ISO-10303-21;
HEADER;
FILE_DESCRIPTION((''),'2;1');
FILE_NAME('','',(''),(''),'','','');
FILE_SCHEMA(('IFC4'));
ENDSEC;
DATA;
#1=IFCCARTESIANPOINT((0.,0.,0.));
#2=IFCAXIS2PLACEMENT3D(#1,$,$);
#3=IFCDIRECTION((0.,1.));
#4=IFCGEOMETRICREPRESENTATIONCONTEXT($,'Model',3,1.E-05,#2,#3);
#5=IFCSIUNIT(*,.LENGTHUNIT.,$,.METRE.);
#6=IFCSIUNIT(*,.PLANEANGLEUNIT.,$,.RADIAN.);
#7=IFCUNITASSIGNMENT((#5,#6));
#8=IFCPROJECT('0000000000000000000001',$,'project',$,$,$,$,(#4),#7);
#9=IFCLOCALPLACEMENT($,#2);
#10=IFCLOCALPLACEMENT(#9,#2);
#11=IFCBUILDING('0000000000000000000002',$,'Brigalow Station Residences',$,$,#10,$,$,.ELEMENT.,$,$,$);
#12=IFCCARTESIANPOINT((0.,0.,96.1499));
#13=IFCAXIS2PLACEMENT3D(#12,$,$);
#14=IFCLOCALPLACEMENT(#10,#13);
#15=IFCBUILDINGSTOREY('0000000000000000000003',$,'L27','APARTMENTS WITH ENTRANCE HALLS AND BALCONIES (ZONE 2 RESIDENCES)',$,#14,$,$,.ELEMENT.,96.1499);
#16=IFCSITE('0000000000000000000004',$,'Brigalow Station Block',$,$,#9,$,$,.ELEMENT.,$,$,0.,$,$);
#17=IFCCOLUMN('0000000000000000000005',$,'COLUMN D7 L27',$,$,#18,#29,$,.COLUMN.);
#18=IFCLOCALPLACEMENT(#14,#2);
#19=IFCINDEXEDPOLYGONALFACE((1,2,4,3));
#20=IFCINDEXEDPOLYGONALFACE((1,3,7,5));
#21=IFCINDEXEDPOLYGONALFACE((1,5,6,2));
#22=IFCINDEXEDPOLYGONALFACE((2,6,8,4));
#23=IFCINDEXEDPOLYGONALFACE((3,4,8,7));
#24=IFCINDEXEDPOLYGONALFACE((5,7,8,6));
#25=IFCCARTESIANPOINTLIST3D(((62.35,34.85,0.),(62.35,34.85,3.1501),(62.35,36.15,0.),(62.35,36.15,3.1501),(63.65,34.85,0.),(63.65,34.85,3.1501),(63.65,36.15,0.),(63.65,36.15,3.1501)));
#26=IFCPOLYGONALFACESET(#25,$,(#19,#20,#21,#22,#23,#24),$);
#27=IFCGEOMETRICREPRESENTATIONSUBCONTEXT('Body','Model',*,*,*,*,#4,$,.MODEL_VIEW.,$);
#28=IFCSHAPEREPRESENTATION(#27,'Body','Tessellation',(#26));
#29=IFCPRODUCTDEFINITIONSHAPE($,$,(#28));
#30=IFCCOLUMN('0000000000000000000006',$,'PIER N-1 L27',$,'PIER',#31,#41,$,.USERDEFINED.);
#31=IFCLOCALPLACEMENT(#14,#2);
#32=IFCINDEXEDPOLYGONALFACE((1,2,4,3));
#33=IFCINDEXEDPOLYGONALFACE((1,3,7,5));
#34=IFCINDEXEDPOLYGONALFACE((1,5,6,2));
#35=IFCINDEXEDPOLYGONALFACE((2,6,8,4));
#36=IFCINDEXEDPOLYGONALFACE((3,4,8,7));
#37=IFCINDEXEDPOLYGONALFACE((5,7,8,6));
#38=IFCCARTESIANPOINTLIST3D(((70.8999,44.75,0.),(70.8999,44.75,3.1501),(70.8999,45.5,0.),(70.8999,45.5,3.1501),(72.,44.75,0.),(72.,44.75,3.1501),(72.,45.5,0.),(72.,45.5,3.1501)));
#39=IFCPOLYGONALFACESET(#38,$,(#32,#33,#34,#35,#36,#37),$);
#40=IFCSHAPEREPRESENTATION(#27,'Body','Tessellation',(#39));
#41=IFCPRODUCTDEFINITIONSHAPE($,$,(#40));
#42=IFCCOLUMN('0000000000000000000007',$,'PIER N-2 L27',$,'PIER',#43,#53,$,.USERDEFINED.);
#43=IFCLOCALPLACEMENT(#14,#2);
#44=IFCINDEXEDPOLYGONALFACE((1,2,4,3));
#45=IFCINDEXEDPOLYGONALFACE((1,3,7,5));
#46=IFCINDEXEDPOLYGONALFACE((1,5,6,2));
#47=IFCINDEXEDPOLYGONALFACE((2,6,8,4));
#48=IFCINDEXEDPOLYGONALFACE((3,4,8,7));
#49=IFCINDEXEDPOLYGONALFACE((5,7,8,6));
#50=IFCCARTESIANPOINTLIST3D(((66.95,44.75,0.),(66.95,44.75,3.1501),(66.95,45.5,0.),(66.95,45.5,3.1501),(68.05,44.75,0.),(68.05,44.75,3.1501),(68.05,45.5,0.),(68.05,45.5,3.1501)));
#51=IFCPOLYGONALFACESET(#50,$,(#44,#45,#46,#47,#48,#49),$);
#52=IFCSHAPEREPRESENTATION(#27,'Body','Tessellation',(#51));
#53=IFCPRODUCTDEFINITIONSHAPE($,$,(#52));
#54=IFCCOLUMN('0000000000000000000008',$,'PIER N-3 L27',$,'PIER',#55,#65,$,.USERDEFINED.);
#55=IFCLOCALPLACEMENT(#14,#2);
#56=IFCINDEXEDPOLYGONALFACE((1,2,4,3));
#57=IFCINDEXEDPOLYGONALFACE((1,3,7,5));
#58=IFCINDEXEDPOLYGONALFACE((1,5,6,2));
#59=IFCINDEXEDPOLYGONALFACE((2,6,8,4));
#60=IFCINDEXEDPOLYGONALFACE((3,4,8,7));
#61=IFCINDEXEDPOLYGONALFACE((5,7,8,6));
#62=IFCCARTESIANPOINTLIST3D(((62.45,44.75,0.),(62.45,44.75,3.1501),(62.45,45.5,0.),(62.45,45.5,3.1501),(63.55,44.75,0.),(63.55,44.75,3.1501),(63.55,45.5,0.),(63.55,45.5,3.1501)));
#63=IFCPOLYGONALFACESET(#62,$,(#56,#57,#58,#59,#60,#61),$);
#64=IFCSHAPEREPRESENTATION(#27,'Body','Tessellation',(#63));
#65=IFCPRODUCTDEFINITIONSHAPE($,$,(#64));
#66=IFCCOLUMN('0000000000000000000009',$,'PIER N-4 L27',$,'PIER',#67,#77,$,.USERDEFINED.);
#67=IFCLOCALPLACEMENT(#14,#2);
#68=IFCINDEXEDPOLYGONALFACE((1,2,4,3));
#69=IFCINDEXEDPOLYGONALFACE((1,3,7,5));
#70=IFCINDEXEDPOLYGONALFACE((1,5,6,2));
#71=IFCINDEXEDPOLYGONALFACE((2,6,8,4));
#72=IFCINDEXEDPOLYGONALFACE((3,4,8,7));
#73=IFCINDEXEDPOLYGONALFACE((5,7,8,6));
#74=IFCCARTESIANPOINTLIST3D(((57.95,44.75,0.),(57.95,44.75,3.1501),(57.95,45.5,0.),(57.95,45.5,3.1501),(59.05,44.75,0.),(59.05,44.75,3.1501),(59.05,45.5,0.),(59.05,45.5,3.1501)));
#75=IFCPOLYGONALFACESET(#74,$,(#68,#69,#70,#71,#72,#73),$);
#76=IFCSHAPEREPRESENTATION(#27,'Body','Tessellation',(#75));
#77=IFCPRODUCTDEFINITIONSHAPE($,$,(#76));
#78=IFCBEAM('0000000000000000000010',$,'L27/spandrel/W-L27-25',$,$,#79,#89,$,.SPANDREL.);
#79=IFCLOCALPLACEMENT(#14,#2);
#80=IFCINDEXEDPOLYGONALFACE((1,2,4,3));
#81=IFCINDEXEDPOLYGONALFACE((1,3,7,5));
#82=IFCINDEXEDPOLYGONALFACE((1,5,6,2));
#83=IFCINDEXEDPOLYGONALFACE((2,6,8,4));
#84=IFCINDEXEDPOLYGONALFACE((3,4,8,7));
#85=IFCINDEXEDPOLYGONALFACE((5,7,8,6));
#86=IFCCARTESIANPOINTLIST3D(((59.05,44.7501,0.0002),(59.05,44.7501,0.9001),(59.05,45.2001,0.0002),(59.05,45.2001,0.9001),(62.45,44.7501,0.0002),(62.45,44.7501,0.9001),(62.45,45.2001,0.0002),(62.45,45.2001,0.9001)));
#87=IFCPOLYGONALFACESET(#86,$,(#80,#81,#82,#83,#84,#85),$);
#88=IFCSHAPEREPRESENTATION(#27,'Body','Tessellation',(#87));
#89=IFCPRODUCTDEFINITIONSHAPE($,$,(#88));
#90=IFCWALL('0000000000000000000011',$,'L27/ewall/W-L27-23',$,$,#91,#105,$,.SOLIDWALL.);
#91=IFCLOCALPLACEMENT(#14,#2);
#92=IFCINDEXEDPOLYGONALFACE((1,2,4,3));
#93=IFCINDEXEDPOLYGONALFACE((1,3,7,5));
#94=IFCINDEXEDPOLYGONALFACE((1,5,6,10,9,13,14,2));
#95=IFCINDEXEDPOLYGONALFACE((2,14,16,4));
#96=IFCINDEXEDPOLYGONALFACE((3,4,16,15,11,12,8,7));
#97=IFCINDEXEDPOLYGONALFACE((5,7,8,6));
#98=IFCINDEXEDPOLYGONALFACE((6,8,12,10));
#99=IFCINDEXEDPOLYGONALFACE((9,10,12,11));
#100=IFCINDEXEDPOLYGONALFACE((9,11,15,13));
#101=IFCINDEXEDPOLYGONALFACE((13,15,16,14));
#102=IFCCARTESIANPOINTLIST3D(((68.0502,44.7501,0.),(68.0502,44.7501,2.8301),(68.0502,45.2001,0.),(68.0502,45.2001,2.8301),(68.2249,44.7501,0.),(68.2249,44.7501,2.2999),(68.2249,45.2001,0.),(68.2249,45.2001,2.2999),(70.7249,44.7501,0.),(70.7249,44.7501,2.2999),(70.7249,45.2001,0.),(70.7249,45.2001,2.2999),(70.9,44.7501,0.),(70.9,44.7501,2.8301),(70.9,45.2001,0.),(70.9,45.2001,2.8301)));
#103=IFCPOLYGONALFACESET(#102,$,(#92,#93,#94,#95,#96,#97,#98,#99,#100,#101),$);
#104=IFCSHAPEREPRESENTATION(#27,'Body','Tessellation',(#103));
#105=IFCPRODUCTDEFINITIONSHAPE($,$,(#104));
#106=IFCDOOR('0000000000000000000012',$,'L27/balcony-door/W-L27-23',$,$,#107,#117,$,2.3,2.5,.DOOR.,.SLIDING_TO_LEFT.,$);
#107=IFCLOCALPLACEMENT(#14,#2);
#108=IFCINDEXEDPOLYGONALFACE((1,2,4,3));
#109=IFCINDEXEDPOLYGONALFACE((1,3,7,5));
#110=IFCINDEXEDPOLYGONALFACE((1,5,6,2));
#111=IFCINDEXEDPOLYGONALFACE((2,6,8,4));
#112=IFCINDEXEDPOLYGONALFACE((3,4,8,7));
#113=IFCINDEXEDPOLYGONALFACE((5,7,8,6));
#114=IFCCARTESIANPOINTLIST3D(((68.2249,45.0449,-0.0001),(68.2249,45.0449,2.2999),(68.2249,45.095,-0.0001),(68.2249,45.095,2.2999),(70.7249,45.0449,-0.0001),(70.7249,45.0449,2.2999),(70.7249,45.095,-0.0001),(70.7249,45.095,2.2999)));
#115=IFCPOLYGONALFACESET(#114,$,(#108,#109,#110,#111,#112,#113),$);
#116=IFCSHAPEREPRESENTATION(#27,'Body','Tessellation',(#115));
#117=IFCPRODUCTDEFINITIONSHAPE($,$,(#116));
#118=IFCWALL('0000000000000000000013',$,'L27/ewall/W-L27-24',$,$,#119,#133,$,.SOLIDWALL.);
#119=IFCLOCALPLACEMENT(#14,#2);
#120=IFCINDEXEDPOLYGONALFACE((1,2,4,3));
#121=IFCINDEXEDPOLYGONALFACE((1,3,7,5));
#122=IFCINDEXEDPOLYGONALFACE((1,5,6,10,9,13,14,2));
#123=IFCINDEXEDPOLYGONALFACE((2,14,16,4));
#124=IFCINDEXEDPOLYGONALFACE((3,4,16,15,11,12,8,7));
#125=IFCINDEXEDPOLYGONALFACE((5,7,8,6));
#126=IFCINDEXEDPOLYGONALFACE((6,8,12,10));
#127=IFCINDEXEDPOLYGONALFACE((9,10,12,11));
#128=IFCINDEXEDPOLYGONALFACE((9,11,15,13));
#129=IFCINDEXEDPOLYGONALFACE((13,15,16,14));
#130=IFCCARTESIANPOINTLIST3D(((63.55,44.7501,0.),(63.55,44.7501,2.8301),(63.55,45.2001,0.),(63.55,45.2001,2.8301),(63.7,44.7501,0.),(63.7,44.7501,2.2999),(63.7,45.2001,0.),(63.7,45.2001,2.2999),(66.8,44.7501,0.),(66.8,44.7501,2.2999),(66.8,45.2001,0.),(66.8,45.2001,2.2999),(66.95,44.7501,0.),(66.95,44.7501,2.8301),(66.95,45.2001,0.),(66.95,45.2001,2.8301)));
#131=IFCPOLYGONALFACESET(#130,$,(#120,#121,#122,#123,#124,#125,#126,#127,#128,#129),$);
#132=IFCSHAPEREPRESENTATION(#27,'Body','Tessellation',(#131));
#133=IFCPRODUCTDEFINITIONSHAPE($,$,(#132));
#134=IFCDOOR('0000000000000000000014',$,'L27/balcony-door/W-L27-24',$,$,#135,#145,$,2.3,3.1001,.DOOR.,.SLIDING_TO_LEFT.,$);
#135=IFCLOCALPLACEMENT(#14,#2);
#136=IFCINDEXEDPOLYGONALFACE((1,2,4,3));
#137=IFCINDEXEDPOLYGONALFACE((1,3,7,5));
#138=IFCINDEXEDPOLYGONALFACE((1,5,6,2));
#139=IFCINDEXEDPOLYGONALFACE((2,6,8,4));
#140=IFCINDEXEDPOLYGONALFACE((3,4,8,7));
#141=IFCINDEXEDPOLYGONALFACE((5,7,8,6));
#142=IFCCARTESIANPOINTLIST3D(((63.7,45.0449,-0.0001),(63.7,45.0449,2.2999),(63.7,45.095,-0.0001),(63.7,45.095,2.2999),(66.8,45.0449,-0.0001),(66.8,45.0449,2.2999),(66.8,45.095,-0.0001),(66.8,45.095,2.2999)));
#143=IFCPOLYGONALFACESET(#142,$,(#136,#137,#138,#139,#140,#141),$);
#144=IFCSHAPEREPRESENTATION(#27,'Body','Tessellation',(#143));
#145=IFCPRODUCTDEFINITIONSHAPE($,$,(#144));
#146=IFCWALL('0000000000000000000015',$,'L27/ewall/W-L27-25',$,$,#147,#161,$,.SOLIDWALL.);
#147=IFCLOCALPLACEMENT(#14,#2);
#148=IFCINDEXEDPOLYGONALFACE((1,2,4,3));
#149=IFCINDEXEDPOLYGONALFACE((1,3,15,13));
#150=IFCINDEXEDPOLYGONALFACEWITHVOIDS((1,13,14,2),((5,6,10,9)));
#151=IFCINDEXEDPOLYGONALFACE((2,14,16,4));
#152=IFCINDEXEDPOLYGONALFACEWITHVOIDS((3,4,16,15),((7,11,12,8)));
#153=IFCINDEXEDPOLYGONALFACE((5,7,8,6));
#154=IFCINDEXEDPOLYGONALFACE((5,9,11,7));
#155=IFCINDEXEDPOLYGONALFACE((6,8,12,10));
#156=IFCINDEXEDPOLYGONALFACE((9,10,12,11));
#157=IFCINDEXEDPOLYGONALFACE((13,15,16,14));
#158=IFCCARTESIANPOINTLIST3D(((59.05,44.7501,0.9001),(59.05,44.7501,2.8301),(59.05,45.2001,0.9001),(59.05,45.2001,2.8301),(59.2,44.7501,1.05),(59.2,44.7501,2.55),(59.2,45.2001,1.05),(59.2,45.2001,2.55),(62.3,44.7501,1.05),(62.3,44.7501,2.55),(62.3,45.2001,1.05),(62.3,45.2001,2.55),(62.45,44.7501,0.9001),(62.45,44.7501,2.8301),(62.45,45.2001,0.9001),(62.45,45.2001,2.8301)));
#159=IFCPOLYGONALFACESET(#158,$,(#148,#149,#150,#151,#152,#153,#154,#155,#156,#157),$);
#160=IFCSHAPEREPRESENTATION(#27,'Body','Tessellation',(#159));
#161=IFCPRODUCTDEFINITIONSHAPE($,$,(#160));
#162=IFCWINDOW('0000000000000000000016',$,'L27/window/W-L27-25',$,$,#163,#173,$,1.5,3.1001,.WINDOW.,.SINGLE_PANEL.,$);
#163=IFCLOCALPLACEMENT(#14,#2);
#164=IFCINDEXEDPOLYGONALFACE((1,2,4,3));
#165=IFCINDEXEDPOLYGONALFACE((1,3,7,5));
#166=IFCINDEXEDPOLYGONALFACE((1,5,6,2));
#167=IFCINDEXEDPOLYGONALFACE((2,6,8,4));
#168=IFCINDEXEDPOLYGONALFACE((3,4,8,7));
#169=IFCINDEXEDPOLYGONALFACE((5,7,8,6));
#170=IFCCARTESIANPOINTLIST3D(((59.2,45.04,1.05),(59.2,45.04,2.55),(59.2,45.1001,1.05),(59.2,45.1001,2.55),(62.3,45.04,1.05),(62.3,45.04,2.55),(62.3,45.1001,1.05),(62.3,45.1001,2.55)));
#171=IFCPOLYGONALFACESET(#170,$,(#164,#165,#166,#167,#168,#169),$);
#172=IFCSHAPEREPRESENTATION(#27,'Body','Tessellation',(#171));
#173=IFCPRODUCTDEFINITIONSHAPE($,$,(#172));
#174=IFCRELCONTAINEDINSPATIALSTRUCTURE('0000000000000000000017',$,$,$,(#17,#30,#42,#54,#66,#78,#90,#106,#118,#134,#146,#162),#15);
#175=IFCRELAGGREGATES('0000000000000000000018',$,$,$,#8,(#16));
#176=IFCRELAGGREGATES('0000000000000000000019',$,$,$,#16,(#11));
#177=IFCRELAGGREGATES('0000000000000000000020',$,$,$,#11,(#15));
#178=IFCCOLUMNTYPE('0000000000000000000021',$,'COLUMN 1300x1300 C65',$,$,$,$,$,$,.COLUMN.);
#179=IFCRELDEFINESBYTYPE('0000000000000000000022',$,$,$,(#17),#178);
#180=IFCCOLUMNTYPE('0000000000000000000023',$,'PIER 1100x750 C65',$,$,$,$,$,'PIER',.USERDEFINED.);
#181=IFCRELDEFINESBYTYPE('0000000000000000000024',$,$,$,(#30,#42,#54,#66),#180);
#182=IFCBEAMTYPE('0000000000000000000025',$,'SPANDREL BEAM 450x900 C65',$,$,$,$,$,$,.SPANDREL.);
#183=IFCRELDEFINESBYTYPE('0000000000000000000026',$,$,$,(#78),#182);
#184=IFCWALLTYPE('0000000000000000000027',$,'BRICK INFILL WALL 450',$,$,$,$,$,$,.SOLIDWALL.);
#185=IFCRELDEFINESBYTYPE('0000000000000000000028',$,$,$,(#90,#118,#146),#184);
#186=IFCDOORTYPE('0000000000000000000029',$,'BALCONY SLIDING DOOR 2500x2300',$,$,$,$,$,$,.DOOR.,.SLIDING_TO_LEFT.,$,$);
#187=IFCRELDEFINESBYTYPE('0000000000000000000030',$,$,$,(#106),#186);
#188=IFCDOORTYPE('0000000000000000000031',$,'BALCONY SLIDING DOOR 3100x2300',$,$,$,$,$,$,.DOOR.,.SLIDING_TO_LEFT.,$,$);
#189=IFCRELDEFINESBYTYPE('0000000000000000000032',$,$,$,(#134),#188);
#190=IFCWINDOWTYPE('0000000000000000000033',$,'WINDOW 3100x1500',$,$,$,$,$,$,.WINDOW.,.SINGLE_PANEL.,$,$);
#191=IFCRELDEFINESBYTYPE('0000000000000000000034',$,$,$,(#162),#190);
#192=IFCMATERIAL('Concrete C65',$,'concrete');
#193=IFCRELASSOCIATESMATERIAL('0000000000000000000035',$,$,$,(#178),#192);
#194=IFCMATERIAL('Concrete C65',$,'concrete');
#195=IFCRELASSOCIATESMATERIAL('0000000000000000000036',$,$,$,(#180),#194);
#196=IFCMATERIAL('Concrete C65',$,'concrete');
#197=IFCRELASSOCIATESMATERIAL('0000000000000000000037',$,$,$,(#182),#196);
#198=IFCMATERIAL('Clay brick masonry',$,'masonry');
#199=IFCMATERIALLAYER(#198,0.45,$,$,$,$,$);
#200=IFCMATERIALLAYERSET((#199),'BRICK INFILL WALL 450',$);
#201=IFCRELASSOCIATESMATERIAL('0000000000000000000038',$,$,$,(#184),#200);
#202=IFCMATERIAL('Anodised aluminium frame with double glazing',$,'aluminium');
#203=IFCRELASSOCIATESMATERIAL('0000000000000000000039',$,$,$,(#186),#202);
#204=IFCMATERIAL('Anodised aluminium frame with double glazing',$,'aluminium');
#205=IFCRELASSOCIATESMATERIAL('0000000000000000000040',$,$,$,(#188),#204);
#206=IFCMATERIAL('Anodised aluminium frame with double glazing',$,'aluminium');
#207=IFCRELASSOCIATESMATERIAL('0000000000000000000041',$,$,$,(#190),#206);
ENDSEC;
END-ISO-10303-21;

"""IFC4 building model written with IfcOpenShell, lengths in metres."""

from ifc_helpers import new_model, si_unit, direction, frame, frame_2d, origin, origin_2d, place, context, subcontext, project, spatial, rectangle, extrude, material, layer, layer_set, material_profile, profile_set, type_object, element, fill, save


model = new_model("IFC4")

# Units and contexts
model_context = context("Model", 3, precision=1e-05, world=origin(), true_north=direction((0.0, 1.0)))
body_context = subcontext(model_context, "Body", "Model", "MODEL_VIEW")
ifc_project = project(units=[si_unit("LENGTHUNIT", "METRE"), si_unit("PLANEANGLEUNIT", "RADIAN")], contexts=[model_context])

# Site, building, storey
site_placement = place(None, origin())
site = spatial("IfcSite", under=ifc_project, at=site_placement, Name="Brigalow Station Block", CompositionType="ELEMENT", RefElevation=0.0)
building_placement = place(site_placement, origin())
building = spatial("IfcBuilding", under=site, at=building_placement, Name="Brigalow Station Residences", CompositionType="ELEMENT")
storey_placement = place(building_placement, frame((0.0, 0.0, 96.1499)))
storey = spatial("IfcBuildingStorey", under=building, at=storey_placement, Name="L27", Description="APARTMENTS WITH ENTRANCE HALLS AND BALCONIES (ZONE 2 RESIDENCES)", CompositionType="ELEMENT", Elevation=96.1499)

# Columns
ifc_material_1 = material(Name="Concrete C65", Category="concrete")
ifc_material_profile_1 = material_profile(ifc_material_1, rectangle(XDim=1.3, YDim=1.3, at=origin_2d()), Name="RC1300x1300")
ifc_profile_set_1 = profile_set([ifc_material_profile_1], Name="Concrete C65")
column_type_1 = type_object("IfcColumnType", Name="COLUMN 1300x1300 C65", PredefinedType="COLUMN", material=ifc_profile_set_1)
column_placement = place(storey_placement, frame((63.0, 35.5, 0.0), z_axis=(0.0, 0.0, 1.0), x_axis=(1.0, 0.0, 0.0)))
element("IfcColumn", 1, at=column_placement, inside=storey, type_object=column_type_1, Name="COLUMN D7 L27", PredefinedType="COLUMN", context=body_context, shape_type="SweptSolid", body=[
    extrude(rectangle(XDim=1.3, YDim=1.3, at=origin_2d()), origin(), (0.0, 0.0, 1.0), 3.1501),
])
ifc_material_2 = material(Name="Concrete C65", Category="concrete")
ifc_material_profile_2 = material_profile(ifc_material_2, rectangle(XDim=1.1001, YDim=0.75, at=origin_2d()), Name="RC1100x750")
ifc_profile_set_2 = profile_set([ifc_material_profile_2], Name="Concrete C65")
column_type_2 = type_object("IfcColumnType", Name="PIER 1100x750 C65", ElementType="PIER", PredefinedType="USERDEFINED", material=ifc_profile_set_2)
for number, where, z_axis, x_axis, name in (
    (2, (71.45, 45.125, 0.0), (0.0, 0.0, 1.0), (-1.0, 0.0, 0.0), "PIER N-1 L27"),
    (3, (67.5, 45.125, 0.0), (0.0, 0.0, 1.0), (-1.0, 0.0, 0.0), "PIER N-2 L27"),
    (4, (63.0, 45.125, 0.0), (0.0, 0.0, 1.0), (-1.0, 0.0, 0.0), "PIER N-3 L27"),
    (5, (58.5, 45.125, 0.0), (0.0, 0.0, 1.0), (-1.0, 0.0, 0.0), "PIER N-4 L27"),
):
    element("IfcColumn", number, at=place(storey_placement, frame(where, z_axis=z_axis, x_axis=x_axis)), inside=storey, type_object=column_type_2, Name=name, ObjectType="PIER", PredefinedType="USERDEFINED", context=body_context, shape_type="SweptSolid", body=[
        extrude(rectangle(XDim=1.1001, YDim=0.75, at=origin_2d()), origin(), (0.0, 0.0, 1.0), 3.1501),
    ])

# Beam
ifc_material_3 = material(Name="Concrete C65", Category="concrete")
ifc_material_profile_3 = material_profile(ifc_material_3, rectangle(XDim=0.45, YDim=0.8999, at=origin_2d()), Name="RC450x900")
ifc_profile_set_3 = profile_set([ifc_material_profile_3], Name="Concrete C65")
beam_type = type_object("IfcBeamType", Name="SPANDREL BEAM 450x900 C65", PredefinedType="SPANDREL", material=ifc_profile_set_3)
beam_placement = place(storey_placement, frame((62.45, 44.9751, 0.4502), z_axis=(-1.0, 0.0, 0.0), x_axis=(0.0, -1.0, 0.0)))
element("IfcBeam", 6, at=beam_placement, inside=storey, type_object=beam_type, Name="L27/spandrel/W-L27-25", PredefinedType="SPANDREL", context=body_context, shape_type="SweptSolid", body=[
    extrude(rectangle(XDim=0.45, YDim=0.8999, at=origin_2d()), origin(), (0.0, 0.0, 1.0), 3.3999),
])

# Walls, openings, doors
ifc_material_4 = material(Name="Clay brick masonry", Category="masonry")
ifc_layer_1 = layer(ifc_material_4, 0.45)
ifc_layer_set_1 = layer_set([ifc_layer_1], Name="BRICK INFILL WALL 450")
wall_type_1 = type_object("IfcWallType", Name="BRICK INFILL WALL 450", PredefinedType="SOLIDWALL", material=ifc_layer_set_1)
wall_1_placement = place(storey_placement, frame((70.8999, 44.9751, 0.0), z_axis=(0.0, 0.0, 1.0), x_axis=(-1.0, 0.0, 0.0)))
wall_1 = element("IfcWall", 7, at=wall_1_placement, inside=storey, type_object=wall_type_1, Name="L27/ewall/W-L27-23", PredefinedType="SOLIDWALL", context=body_context, shape_type="SweptSolid", body=[
    extrude(rectangle(XDim=2.8499, YDim=0.45, at=frame_2d((1.4248, 0.0))), origin(), (0.0, 0.0, 1.0), 2.8301),
])
opening_1_placement = place(wall_1_placement, frame((0.175, 0.0, 0.0)))
opening_1 = element("IfcOpeningElement", 8, at=opening_1_placement, cuts=wall_1, PredefinedType="OPENING", context=body_context, shape_type="SweptSolid", body=[
    extrude(rectangle(XDim=2.5, YDim=2.3, at=frame_2d((1.25, 1.1499))), frame((0.0, 0.2349, 0.0), z_axis=(0.0, -1.0, 0.0), x_axis=(1.0, 0.0, 0.0)), (0.0, 0.0, 1.0), 0.47),
])
ifc_material_5 = material(Name="Anodised aluminium frame with double glazing", Category="aluminium")
door_type_1 = type_object("IfcDoorType", Name="BALCONY SLIDING DOOR 2500x2300", OperationType="SLIDING_TO_LEFT", PredefinedType="DOOR", material=ifc_material_5)
door_1_placement = place(opening_1_placement, origin())
door_1 = element("IfcDoor", 9, at=door_1_placement, inside=storey, type_object=door_type_1, Name="L27/balcony-door/W-L27-23", OperationType="SLIDING_TO_LEFT", OverallHeight=2.3, OverallWidth=2.5, PredefinedType="DOOR", context=body_context, shape_type="SweptSolid", body=[
    extrude(rectangle(XDim=2.5, YDim=2.3, at=frame_2d((1.25, 1.1499))), frame((0.0, -0.0698, 0.0), z_axis=(0.0, -1.0, 0.0), x_axis=(1.0, 0.0, 0.0)), (0.0, 0.0, 1.0), 0.05),
])
fill(opening_1, door_1)
wall_2_placement = place(storey_placement, frame((66.95, 44.9751, 0.0), z_axis=(0.0, 0.0, 1.0), x_axis=(-1.0, 0.0, 0.0)))
wall_2 = element("IfcWall", 10, at=wall_2_placement, inside=storey, type_object=wall_type_1, Name="L27/ewall/W-L27-24", PredefinedType="SOLIDWALL", context=body_context, shape_type="SweptSolid", body=[
    extrude(rectangle(XDim=3.3999, YDim=0.45, at=frame_2d((1.7, 0.0))), origin(), (0.0, 0.0, 1.0), 2.8301),
])
opening_2_placement = place(wall_2_placement, frame((0.1499, 0.0, 0.0)))
opening_2 = element("IfcOpeningElement", 11, at=opening_2_placement, cuts=wall_2, PredefinedType="OPENING", context=body_context, shape_type="SweptSolid", body=[
    extrude(rectangle(XDim=3.1001, YDim=2.3, at=frame_2d((1.55, 1.1499))), frame((0.0, 0.2349, 0.0), z_axis=(0.0, -1.0, 0.0), x_axis=(1.0, 0.0, 0.0)), (0.0, 0.0, 1.0), 0.47),
])
ifc_material_6 = material(Name="Anodised aluminium frame with double glazing", Category="aluminium")
door_type_2 = type_object("IfcDoorType", Name="BALCONY SLIDING DOOR 3100x2300", OperationType="SLIDING_TO_LEFT", PredefinedType="DOOR", material=ifc_material_6)
door_2_placement = place(opening_2_placement, origin())
door_2 = element("IfcDoor", 12, at=door_2_placement, inside=storey, type_object=door_type_2, Name="L27/balcony-door/W-L27-24", OperationType="SLIDING_TO_LEFT", OverallHeight=2.3, OverallWidth=3.1001, PredefinedType="DOOR", context=body_context, shape_type="SweptSolid", body=[
    extrude(rectangle(XDim=3.1001, YDim=2.3, at=frame_2d((1.55, 1.1499))), frame((0.0, -0.0698, 0.0), z_axis=(0.0, -1.0, 0.0), x_axis=(1.0, 0.0, 0.0)), (0.0, 0.0, 1.0), 0.05),
])
fill(opening_2, door_2)

# Wall, opening, window
wall_3_placement = place(storey_placement, frame((62.45, 44.9751, 0.9001), z_axis=(0.0, 0.0, 1.0), x_axis=(-1.0, 0.0, 0.0)))
wall_3 = element("IfcWall", 13, at=wall_3_placement, inside=storey, type_object=wall_type_1, Name="L27/ewall/W-L27-25", PredefinedType="SOLIDWALL", context=body_context, shape_type="SweptSolid", body=[
    extrude(rectangle(XDim=3.3999, YDim=0.45, at=frame_2d((1.7, 0.0))), origin(), (0.0, 0.0, 1.0), 1.9299),
])
opening_3_placement = place(wall_3_placement, frame((0.1499, 0.0, 0.1499)))
opening_3 = element("IfcOpeningElement", 14, at=opening_3_placement, cuts=wall_3, PredefinedType="OPENING", context=body_context, shape_type="SweptSolid", body=[
    extrude(rectangle(XDim=3.1001, YDim=1.5, at=frame_2d((1.55, 0.75))), frame((0.0, 0.2349, 0.0), z_axis=(0.0, -1.0, 0.0), x_axis=(1.0, 0.0, 0.0)), (0.0, 0.0, 1.0), 0.47),
])
ifc_material_7 = material(Name="Anodised aluminium frame with double glazing", Category="aluminium")
window_type = type_object("IfcWindowType", Name="WINDOW 3100x1500", PartitioningType="SINGLE_PANEL", PredefinedType="WINDOW", material=ifc_material_7)
window_placement = place(opening_3_placement, origin())
window = element("IfcWindow", 15, at=window_placement, inside=storey, type_object=window_type, Name="L27/window/W-L27-25", OverallHeight=1.5, OverallWidth=3.1001, PartitioningType="SINGLE_PANEL", PredefinedType="WINDOW", context=body_context, shape_type="SweptSolid", body=[
    extrude(rectangle(XDim=3.1001, YDim=1.5, at=frame_2d((1.55, 0.75))), frame((0.0, -0.0649, 0.0), z_axis=(0.0, -1.0, 0.0), x_axis=(1.0, 0.0, 0.0)), (0.0, 0.0, 1.0), 0.0601),
])
fill(opening_3, window)

save(model, "model.ifc")
